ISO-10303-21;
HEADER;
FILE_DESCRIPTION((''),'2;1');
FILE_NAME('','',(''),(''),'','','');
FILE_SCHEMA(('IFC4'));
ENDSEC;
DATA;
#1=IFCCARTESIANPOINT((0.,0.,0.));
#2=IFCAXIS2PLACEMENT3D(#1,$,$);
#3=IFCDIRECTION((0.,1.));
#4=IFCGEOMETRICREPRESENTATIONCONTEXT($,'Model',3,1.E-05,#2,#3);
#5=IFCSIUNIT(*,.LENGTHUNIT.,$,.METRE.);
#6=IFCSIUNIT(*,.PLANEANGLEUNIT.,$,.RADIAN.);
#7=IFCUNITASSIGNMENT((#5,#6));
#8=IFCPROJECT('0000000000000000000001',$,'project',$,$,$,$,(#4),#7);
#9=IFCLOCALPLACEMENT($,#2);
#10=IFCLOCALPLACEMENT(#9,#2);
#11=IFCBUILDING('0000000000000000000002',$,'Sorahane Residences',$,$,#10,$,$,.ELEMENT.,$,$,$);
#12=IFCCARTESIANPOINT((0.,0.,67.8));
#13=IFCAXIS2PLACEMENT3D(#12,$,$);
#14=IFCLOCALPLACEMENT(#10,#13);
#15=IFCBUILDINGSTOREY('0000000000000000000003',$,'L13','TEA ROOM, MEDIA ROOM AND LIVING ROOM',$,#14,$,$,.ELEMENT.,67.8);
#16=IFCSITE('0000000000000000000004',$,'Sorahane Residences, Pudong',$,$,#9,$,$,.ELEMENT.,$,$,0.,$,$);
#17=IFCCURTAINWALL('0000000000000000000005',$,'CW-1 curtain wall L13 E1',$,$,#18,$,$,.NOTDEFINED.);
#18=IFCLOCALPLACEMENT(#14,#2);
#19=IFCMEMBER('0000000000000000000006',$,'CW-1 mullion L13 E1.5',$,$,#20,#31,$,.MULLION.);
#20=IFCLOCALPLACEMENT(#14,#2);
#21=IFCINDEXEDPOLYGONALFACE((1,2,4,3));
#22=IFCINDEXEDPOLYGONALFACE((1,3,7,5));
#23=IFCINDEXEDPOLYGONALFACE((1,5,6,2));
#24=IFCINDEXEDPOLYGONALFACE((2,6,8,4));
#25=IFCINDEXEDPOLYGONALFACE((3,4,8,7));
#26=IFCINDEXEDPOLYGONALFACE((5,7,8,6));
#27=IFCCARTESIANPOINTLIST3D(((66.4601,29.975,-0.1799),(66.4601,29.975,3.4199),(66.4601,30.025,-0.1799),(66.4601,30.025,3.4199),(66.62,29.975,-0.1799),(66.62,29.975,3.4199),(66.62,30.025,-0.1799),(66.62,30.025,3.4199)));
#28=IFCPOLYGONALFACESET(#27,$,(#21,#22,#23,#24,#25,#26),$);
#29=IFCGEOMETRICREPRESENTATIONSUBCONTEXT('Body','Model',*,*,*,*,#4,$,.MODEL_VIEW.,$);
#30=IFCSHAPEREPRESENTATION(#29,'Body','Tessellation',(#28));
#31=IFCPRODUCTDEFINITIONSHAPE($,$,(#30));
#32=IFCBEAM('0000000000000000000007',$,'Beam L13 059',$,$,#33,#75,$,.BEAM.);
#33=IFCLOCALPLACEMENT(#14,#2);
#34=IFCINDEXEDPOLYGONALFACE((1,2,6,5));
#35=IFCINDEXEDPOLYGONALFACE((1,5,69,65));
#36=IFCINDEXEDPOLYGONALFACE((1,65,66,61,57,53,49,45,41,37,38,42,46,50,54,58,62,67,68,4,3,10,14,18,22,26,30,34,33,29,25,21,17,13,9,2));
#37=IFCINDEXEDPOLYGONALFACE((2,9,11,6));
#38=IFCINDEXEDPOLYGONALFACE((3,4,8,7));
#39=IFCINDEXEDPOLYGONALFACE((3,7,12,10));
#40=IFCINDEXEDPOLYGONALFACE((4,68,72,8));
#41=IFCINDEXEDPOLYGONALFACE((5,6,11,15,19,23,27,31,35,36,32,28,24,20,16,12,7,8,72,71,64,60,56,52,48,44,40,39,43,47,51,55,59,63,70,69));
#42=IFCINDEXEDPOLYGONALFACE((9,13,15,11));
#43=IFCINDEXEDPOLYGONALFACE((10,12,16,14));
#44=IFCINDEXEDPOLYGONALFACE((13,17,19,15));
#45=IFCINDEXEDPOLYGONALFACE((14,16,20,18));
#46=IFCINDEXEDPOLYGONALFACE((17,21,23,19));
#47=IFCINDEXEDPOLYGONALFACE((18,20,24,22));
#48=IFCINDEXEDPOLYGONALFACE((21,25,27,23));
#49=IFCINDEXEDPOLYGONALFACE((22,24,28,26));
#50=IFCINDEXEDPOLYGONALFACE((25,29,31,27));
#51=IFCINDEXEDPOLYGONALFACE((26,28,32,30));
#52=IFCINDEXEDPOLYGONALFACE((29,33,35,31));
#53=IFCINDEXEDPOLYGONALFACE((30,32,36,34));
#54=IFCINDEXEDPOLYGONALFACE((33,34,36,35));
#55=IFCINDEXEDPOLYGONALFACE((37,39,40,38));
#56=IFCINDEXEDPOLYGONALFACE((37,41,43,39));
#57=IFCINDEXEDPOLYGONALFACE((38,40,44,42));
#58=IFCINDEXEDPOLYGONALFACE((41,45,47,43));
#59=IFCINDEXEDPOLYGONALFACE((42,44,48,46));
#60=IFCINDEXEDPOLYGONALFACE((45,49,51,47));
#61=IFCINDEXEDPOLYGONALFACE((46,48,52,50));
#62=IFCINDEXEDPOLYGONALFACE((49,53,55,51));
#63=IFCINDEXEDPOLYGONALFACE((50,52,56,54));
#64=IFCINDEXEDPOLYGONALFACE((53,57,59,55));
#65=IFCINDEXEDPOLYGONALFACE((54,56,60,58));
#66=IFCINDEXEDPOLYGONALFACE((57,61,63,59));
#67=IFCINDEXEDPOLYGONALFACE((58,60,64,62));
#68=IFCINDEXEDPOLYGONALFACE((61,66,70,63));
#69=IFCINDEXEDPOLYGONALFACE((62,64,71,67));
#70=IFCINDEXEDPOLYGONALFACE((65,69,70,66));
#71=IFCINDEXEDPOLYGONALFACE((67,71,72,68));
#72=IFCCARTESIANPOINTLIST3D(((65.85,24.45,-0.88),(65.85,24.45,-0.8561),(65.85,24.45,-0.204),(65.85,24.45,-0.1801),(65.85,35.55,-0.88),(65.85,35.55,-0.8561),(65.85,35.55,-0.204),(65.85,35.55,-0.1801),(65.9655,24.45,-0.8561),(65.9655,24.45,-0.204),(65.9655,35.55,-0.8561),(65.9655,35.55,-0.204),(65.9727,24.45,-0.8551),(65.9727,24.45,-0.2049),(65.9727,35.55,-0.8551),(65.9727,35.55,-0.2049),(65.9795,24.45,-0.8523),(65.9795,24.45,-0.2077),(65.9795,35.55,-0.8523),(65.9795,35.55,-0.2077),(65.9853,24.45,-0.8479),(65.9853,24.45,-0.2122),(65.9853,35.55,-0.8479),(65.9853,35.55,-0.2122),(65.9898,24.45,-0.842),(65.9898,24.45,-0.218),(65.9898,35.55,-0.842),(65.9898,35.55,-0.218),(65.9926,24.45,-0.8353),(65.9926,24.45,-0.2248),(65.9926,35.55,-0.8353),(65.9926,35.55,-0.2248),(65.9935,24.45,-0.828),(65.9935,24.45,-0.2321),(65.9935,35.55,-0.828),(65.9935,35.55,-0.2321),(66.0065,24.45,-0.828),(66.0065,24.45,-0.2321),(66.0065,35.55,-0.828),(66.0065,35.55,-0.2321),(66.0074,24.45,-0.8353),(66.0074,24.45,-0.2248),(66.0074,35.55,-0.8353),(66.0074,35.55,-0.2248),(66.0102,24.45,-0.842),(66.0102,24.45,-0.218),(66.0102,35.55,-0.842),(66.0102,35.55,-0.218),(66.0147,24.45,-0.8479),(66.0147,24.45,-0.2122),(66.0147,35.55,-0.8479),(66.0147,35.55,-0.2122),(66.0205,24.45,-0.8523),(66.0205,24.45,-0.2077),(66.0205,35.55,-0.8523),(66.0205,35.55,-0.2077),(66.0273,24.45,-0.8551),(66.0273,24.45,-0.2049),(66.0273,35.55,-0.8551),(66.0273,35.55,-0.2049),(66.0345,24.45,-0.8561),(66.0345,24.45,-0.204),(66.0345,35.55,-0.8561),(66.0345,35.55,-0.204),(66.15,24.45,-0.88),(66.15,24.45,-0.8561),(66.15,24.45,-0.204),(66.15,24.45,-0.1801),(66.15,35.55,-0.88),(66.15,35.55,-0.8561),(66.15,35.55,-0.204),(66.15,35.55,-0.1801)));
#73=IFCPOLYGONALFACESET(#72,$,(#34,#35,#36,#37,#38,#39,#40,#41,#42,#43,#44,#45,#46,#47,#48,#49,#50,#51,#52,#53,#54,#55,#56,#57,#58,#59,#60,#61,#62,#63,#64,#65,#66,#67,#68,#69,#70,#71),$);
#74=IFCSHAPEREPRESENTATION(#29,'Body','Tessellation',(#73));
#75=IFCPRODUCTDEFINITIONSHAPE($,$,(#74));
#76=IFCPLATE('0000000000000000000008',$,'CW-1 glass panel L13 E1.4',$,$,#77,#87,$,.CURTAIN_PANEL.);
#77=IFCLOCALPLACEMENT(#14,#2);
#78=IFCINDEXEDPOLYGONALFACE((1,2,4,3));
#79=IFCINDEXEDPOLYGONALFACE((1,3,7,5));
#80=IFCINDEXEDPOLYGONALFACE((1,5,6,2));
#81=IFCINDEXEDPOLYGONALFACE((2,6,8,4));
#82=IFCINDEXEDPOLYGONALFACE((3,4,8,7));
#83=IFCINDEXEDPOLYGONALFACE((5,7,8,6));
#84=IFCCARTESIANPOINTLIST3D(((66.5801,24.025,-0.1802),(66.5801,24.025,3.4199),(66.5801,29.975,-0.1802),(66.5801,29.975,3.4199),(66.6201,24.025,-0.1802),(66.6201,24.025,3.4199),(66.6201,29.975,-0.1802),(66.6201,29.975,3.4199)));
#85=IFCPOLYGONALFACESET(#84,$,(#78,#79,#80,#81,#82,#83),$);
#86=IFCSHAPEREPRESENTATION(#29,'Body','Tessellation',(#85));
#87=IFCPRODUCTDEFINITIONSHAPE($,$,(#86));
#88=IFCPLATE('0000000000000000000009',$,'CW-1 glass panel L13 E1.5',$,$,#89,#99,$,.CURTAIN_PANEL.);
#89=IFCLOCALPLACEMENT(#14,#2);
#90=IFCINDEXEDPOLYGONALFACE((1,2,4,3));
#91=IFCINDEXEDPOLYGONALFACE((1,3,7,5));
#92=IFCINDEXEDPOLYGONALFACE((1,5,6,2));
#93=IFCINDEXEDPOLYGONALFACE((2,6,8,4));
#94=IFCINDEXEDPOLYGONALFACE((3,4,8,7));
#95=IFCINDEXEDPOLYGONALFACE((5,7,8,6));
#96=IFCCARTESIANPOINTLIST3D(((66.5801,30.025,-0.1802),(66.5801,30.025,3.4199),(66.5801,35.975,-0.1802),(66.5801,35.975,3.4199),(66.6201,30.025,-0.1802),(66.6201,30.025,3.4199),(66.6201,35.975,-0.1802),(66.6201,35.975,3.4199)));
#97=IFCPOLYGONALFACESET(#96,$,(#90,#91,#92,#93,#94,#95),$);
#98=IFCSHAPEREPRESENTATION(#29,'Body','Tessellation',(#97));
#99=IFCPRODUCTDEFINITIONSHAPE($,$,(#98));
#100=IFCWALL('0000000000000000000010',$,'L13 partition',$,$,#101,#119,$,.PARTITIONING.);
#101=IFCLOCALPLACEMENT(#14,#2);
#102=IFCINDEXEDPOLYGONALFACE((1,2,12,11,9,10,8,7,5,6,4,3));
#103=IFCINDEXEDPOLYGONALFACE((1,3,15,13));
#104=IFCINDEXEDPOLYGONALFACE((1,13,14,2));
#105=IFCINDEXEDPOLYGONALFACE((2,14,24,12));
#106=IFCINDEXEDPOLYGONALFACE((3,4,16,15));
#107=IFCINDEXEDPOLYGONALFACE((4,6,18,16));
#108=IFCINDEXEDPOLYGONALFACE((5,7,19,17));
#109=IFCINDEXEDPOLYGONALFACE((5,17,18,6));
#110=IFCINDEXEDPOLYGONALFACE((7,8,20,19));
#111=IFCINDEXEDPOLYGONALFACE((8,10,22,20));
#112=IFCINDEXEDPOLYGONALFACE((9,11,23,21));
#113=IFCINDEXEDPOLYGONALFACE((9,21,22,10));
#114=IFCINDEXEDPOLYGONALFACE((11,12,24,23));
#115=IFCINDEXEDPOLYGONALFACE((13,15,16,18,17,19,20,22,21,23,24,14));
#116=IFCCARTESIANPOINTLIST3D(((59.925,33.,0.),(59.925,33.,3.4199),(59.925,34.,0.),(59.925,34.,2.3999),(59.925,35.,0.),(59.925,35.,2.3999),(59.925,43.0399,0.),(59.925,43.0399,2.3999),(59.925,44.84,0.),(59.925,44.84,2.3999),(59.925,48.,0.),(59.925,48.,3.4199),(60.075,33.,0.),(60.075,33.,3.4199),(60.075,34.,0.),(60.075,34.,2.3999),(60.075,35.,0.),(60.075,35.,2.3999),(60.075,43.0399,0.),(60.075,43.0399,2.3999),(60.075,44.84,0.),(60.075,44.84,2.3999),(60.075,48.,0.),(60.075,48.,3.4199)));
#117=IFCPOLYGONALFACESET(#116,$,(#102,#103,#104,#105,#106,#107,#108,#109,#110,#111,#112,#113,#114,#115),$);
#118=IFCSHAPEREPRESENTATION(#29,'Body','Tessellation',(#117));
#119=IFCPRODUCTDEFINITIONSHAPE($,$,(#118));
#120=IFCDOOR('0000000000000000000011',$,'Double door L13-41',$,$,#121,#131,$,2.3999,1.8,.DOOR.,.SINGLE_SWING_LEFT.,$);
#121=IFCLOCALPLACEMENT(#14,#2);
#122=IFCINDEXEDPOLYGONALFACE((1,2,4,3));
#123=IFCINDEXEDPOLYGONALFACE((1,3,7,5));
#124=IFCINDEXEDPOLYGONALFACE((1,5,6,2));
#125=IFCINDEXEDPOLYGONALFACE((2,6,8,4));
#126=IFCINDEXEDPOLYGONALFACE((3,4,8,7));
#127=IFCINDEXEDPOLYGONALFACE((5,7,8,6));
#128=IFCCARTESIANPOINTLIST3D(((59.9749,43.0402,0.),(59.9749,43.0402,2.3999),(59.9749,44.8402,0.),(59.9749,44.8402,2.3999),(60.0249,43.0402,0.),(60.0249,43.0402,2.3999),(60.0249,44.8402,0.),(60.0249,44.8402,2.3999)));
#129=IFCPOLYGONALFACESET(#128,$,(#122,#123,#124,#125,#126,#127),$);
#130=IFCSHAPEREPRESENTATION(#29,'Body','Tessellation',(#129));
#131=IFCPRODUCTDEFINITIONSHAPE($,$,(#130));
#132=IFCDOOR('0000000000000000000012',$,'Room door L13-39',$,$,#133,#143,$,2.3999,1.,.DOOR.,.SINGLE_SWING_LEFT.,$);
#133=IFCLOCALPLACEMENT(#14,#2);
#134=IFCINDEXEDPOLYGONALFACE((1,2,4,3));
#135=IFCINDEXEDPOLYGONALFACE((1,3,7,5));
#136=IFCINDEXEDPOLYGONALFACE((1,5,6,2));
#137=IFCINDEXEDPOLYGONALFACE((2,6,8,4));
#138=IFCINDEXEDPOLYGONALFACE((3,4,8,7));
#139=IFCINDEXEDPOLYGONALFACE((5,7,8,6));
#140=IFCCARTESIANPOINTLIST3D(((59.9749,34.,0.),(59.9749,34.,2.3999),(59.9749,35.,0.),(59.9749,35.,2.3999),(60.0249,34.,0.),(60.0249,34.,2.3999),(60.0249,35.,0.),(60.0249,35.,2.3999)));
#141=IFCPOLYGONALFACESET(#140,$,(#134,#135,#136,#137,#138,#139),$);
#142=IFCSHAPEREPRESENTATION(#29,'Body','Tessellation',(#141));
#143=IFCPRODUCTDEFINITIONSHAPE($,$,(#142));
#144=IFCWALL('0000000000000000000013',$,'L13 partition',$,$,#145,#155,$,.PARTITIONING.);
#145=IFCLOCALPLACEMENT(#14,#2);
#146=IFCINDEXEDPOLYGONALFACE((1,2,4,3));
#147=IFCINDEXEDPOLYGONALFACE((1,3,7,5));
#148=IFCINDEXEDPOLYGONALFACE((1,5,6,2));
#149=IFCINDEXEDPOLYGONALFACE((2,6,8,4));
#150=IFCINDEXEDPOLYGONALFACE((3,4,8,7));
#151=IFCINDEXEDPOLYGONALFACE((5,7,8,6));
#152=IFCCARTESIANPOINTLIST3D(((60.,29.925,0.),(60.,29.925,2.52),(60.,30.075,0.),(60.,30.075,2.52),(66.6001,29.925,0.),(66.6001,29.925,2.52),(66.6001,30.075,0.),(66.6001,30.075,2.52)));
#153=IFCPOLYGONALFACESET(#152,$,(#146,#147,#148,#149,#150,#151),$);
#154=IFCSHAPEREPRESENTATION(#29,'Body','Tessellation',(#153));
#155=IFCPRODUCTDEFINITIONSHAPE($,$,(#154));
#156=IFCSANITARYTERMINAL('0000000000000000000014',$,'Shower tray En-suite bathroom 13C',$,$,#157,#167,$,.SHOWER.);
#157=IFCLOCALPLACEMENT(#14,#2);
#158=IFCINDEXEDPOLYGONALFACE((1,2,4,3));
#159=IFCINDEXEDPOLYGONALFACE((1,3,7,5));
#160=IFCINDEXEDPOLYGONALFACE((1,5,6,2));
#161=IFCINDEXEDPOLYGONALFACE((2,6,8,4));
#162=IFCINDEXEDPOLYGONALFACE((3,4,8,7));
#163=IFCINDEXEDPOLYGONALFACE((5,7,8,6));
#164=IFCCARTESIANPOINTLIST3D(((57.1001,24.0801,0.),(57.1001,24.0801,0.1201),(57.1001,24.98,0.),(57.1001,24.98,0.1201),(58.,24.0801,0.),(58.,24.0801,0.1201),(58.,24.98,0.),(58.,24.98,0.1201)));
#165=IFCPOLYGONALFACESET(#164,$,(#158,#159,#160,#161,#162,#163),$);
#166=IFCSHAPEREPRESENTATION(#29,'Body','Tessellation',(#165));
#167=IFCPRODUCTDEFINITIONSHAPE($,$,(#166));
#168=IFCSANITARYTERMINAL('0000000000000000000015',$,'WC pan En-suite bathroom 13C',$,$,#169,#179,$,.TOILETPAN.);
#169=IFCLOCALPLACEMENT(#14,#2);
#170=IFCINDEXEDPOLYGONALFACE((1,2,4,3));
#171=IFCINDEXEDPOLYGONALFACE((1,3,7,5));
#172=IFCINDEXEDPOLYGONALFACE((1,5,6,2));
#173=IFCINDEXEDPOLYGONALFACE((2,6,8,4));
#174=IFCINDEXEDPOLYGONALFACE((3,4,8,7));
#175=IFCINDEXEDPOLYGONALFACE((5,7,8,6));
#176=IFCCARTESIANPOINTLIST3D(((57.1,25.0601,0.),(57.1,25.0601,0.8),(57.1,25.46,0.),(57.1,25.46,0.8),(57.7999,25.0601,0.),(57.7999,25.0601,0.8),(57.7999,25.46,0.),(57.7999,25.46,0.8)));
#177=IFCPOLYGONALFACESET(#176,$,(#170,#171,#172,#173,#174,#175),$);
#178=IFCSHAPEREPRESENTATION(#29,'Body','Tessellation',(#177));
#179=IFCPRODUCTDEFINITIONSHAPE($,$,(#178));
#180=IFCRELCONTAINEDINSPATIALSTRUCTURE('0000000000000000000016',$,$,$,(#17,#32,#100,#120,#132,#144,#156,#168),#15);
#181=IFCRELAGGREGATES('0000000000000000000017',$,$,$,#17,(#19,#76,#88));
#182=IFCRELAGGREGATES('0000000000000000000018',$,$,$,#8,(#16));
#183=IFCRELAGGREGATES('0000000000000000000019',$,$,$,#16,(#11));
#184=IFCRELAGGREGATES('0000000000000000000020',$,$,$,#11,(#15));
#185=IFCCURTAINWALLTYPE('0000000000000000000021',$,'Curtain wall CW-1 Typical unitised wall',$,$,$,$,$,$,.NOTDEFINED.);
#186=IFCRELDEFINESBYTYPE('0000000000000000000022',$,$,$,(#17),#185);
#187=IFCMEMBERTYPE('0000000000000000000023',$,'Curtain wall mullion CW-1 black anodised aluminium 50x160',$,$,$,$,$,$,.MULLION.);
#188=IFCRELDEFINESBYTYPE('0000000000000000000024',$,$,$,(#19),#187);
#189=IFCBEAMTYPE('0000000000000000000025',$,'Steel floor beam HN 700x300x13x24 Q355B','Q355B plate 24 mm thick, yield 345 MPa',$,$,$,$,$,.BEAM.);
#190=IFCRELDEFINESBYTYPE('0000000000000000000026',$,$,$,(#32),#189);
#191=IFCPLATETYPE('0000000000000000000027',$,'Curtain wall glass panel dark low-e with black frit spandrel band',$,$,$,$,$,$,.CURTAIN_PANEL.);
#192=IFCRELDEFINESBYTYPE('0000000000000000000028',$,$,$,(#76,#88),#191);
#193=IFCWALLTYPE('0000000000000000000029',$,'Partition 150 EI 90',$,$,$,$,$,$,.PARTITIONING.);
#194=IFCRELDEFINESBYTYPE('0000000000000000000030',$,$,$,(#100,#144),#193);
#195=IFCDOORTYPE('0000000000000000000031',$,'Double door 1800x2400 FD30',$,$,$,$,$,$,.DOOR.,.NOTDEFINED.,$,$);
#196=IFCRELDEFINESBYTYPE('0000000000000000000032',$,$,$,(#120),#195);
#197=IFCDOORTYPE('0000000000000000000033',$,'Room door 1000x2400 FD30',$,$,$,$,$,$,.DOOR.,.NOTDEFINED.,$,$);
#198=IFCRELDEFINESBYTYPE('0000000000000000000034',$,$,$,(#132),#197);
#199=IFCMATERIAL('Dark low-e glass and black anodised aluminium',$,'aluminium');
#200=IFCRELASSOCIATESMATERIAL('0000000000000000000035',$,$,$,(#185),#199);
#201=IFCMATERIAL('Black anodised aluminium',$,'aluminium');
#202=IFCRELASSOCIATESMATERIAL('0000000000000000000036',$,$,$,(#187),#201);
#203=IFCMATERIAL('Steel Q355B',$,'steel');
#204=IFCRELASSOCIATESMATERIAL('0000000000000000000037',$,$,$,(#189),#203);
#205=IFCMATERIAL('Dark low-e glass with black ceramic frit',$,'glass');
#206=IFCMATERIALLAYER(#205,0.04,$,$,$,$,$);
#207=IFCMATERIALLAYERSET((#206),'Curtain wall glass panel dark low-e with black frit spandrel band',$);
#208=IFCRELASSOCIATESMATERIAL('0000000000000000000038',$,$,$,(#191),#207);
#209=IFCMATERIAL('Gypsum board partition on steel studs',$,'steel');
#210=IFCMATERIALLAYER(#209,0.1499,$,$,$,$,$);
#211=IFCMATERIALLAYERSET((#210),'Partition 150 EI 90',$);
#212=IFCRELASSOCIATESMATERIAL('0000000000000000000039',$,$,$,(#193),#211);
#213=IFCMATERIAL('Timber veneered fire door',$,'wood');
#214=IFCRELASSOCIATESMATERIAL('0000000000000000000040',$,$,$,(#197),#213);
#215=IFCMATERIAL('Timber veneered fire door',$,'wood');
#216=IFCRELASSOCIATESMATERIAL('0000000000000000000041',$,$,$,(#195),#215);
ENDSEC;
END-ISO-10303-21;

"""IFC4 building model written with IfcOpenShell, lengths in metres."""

from ifc_helpers import new_model, si_unit, direction, frame, frame_2d, origin, origin_2d, place, context, subcontext, project, spatial, rectangle, i_section, extrude, material, layer, layer_set, material_profile, profile_set, type_object, element, fill, aggregate, save


model = new_model("IFC4")

# Units and contexts
model_context = context("Model", 3, precision=1e-05, world=origin(), true_north=direction((0.0, 1.0)))
body_context = subcontext(model_context, "Body", "Model", "MODEL_VIEW")
ifc_project = project(units=[si_unit("LENGTHUNIT", "METRE"), si_unit("PLANEANGLEUNIT", "RADIAN")], contexts=[model_context])

# Site, building, storey
site_placement = place(None, origin())
site = spatial("IfcSite", under=ifc_project, at=site_placement, Name="Sorahane Residences, Pudong", CompositionType="ELEMENT", RefElevation=0.0)
building_placement = place(site_placement, origin())
building = spatial("IfcBuilding", under=site, at=building_placement, Name="Sorahane Residences", CompositionType="ELEMENT")
storey_placement = place(building_placement, frame((0.0, 0.0, 67.8)))
storey = spatial("IfcBuildingStorey", under=building, at=storey_placement, Name="L13", Description="TEA ROOM, MEDIA ROOM AND LIVING ROOM", CompositionType="ELEMENT", Elevation=67.8)

# Curtain wall, member
ifc_material_1 = material(Name="Dark low-e glass and black anodised aluminium", Category="aluminium")
curtain_wall_type = type_object("IfcCurtainWallType", Name="Curtain wall CW-1 Typical unitised wall", PredefinedType="NOTDEFINED", material=ifc_material_1)
curtain_wall_placement = place(storey_placement, origin())
curtain_wall = element("IfcCurtainWall", 1, at=curtain_wall_placement, inside=storey, type_object=curtain_wall_type, Name="CW-1 curtain wall L13 E1", PredefinedType="NOTDEFINED")
ifc_material_2 = material(Name="Black anodised aluminium", Category="aluminium")
ifc_material_profile_1 = material_profile(ifc_material_2, rectangle(XDim=0.1599, YDim=0.05, at=origin_2d()), Name="Curtain wall mullion CW-1 black anodised aluminium 50x160")
ifc_profile_set_1 = profile_set([ifc_material_profile_1], Name="Black anodised aluminium")
member_type = type_object("IfcMemberType", Name="Curtain wall mullion CW-1 black anodised aluminium 50x160", PredefinedType="MULLION", material=ifc_profile_set_1)
member_placement = place(storey_placement, frame((66.54, 30.0, -0.1799), z_axis=(0.0, 0.0, 1.0), x_axis=(1.0, 0.0, 0.0)))
member = element("IfcMember", 2, at=member_placement, type_object=member_type, Name="CW-1 mullion L13 E1.5", PredefinedType="MULLION", context=body_context, shape_type="SweptSolid", body=[
    extrude(rectangle(XDim=0.1599, YDim=0.05, at=origin_2d()), origin(), (0.0, 0.0, 1.0), 3.5999),
])

# Beam
ifc_material_3 = material(Name="Steel Q355B", Category="steel")
ifc_material_profile_2 = material_profile(ifc_material_3, i_section(OverallWidth=0.3, OverallDepth=0.7, WebThickness=0.0129, FlangeThickness=0.0239, FilletRadius=0.0281, at=origin_2d()), Name="HN 700x300x13x24")
ifc_profile_set_2 = profile_set([ifc_material_profile_2], Name="Steel Q355B")
beam_type = type_object("IfcBeamType", Name="Steel floor beam HN 700x300x13x24 Q355B", Description="Q355B plate 24 mm thick, yield 345 MPa", PredefinedType="BEAM", material=ifc_profile_set_2)
beam_placement = place(storey_placement, frame((66.0, 24.45, -0.53), z_axis=(0.0, 1.0, 0.0), x_axis=(-1.0, 0.0, 0.0)))
element("IfcBeam", 3, at=beam_placement, inside=storey, type_object=beam_type, Name="Beam L13 059", PredefinedType="BEAM", context=body_context, shape_type="SweptSolid", body=[
    extrude(i_section(OverallWidth=0.3, OverallDepth=0.7, WebThickness=0.0129, FlangeThickness=0.0239, FilletRadius=0.0281, at=origin_2d()), origin(), (0.0, 0.0, 1.0), 11.1001),
])

# Plates
ifc_material_4 = material(Name="Dark low-e glass with black ceramic frit", Category="glass")
ifc_layer_1 = layer(ifc_material_4, 0.04)
ifc_layer_set_1 = layer_set([ifc_layer_1], Name="Curtain wall glass panel dark low-e with black frit spandrel band")
plate_type = type_object("IfcPlateType", Name="Curtain wall glass panel dark low-e with black frit spandrel band", PredefinedType="CURTAIN_PANEL", material=ifc_layer_set_1)
plate_1_placement = place(storey_placement, frame((66.6001, 27.0, -0.1802), z_axis=(0.0, 0.0, 1.0), x_axis=(0.0, 1.0, 0.0)))
plate_1 = element("IfcPlate", 4, at=plate_1_placement, type_object=plate_type, Name="CW-1 glass panel L13 E1.4", PredefinedType="CURTAIN_PANEL", context=body_context, shape_type="SweptSolid", body=[
    extrude(rectangle(XDim=5.95, YDim=0.04, at=origin_2d()), origin(), (0.0, 0.0, 1.0), 3.6001),
])
plate_2_placement = place(storey_placement, frame((66.6001, 33.0, -0.1802), z_axis=(0.0, 0.0, 1.0), x_axis=(0.0, 1.0, 0.0)))
plate_2 = element("IfcPlate", 5, at=plate_2_placement, type_object=plate_type, Name="CW-1 glass panel L13 E1.5", PredefinedType="CURTAIN_PANEL", context=body_context, shape_type="SweptSolid", body=[
    extrude(rectangle(XDim=5.95, YDim=0.04, at=origin_2d()), origin(), (0.0, 0.0, 1.0), 3.6001),
])
aggregate(curtain_wall, [member, plate_1, plate_2])

# Shared definitions
ifc_material_5 = material(Name="Gypsum board partition on steel studs", Category="steel")
ifc_layer_2 = layer(ifc_material_5, 0.1499)
ifc_layer_set_2 = layer_set([ifc_layer_2], Name="Partition 150 EI 90")
wall_type_1 = type_object("IfcWallType", Name="Partition 150 EI 90", PredefinedType="PARTITIONING", material=ifc_layer_set_2)
ifc_material_6 = material(Name="Timber veneered fire door", Category="wood")
door_type_1 = type_object("IfcDoorType", Name="Room door 1000x2400 FD30", OperationType="NOTDEFINED", PredefinedType="DOOR", material=ifc_material_6)

# Wall, openings, doors
wall_1_placement = place(storey_placement, frame((60.0, 33.0, 0.0), z_axis=(0.0, 0.0, 1.0), x_axis=(0.0, 1.0, 0.0)))
wall_1 = element("IfcWall", 6, at=wall_1_placement, inside=storey, type_object=wall_type_1, Name="L13 partition", PredefinedType="PARTITIONING", context=body_context, shape_type="SweptSolid", body=[
    extrude(rectangle(XDim=15.0, YDim=0.1499, at=frame_2d((7.5, 0.0))), origin(), (0.0, 0.0, 1.0), 3.4199),
])
opening_1_placement = place(wall_1_placement, frame((1.0, 0.0, 0.0)))
opening_1 = element("IfcOpeningElement", 7, at=opening_1_placement, cuts=wall_1, PredefinedType="OPENING", context=body_context, shape_type="SweptSolid", body=[
    extrude(rectangle(XDim=1.0, YDim=2.3999, at=frame_2d((0.5, 1.2))), frame((0.0, 0.085, 0.0), z_axis=(0.0, -1.0, 0.0), x_axis=(1.0, 0.0, 0.0)), (0.0, 0.0, 1.0), 0.1699),
])
opening_2_placement = place(wall_1_placement, frame((10.04, 0.0, 0.0)))
opening_2 = element("IfcOpeningElement", 8, at=opening_2_placement, cuts=wall_1, PredefinedType="OPENING", context=body_context, shape_type="SweptSolid", body=[
    extrude(rectangle(XDim=1.8, YDim=2.3999, at=frame_2d((0.8999, 1.2))), frame((0.0, 0.085, 0.0), z_axis=(0.0, -1.0, 0.0), x_axis=(1.0, 0.0, 0.0)), (0.0, 0.0, 1.0), 0.1699),
])
ifc_material_7 = material(Name="Timber veneered fire door", Category="wood")
door_type_2 = type_object("IfcDoorType", Name="Double door 1800x2400 FD30", OperationType="NOTDEFINED", PredefinedType="DOOR", material=ifc_material_7)
door_1_placement = place(opening_2_placement, frame((1.8, 0.0, 0.0), z_axis=(0.0, 0.0, 1.0), x_axis=(-1.0, 0.0, 0.0)))
door_1 = element("IfcDoor", 9, at=door_1_placement, inside=storey, type_object=door_type_2, Name="Double door L13-41", OperationType="SINGLE_SWING_LEFT", OverallHeight=2.3999, OverallWidth=1.8, PredefinedType="DOOR", context=body_context, shape_type="SweptSolid", body=[
    extrude(rectangle(XDim=1.8, YDim=2.3999, at=frame_2d((0.8999, 1.2))), frame((0.0, 0.0249, 0.0), z_axis=(0.0, -1.0, 0.0), x_axis=(1.0, 0.0, 0.0)), (0.0, 0.0, 1.0), 0.05),
])
fill(opening_2, door_1)
door_2_placement = place(opening_1_placement, frame((1.0, 0.0, 0.0), z_axis=(0.0, 0.0, 1.0), x_axis=(-1.0, 0.0, 0.0)))
door_2 = element("IfcDoor", 10, at=door_2_placement, inside=storey, type_object=door_type_1, Name="Room door L13-39", OperationType="SINGLE_SWING_LEFT", OverallHeight=2.3999, OverallWidth=1.0, PredefinedType="DOOR", context=body_context, shape_type="SweptSolid", body=[
    extrude(rectangle(XDim=1.0, YDim=2.3999, at=frame_2d((0.5, 1.2))), frame((0.0, 0.0249, 0.0), z_axis=(0.0, -1.0, 0.0), x_axis=(1.0, 0.0, 0.0)), (0.0, 0.0, 1.0), 0.05),
])
fill(opening_1, door_2)

# Wall
wall_2_placement = place(storey_placement, frame((60.0, 30.0, 0.0), z_axis=(0.0, 0.0, 1.0), x_axis=(1.0, 0.0, 0.0)))
element("IfcWall", 11, at=wall_2_placement, inside=storey, type_object=wall_type_1, Name="L13 partition", PredefinedType="PARTITIONING", context=body_context, shape_type="SweptSolid", body=[
    extrude(rectangle(XDim=6.6001, YDim=0.1499, at=frame_2d((3.3, 0.0))), origin(), (0.0, 0.0, 1.0), 2.52),
])

# Sanitary terminals
sanitary_terminal_1_placement = place(storey_placement, frame((57.55, 24.53, 0.0), z_axis=(0.0, 0.0, 1.0), x_axis=(0.0, 1.0, 0.0)))
element("IfcSanitaryTerminal", 12, at=sanitary_terminal_1_placement, inside=storey, Name="Shower tray En-suite bathroom 13C", PredefinedType="SHOWER", context=body_context, shape_type="SweptSolid", body=[
    extrude(rectangle(XDim=0.8999, YDim=0.8999, at=origin_2d()), origin(), (0.0, 0.0, 1.0), 0.1201),
])
sanitary_terminal_2_placement = place(storey_placement, frame((57.45, 25.26, 0.0), z_axis=(0.0, 0.0, 1.0), x_axis=(0.0, 1.0, 0.0)))
element("IfcSanitaryTerminal", 13, at=sanitary_terminal_2_placement, inside=storey, Name="WC pan En-suite bathroom 13C", PredefinedType="TOILETPAN", context=body_context, shape_type="SweptSolid", body=[
    extrude(rectangle(XDim=0.3999, YDim=0.7, at=origin_2d()), origin(), (0.0, 0.0, 1.0), 0.8),
])

save(model, "model.ifc")
